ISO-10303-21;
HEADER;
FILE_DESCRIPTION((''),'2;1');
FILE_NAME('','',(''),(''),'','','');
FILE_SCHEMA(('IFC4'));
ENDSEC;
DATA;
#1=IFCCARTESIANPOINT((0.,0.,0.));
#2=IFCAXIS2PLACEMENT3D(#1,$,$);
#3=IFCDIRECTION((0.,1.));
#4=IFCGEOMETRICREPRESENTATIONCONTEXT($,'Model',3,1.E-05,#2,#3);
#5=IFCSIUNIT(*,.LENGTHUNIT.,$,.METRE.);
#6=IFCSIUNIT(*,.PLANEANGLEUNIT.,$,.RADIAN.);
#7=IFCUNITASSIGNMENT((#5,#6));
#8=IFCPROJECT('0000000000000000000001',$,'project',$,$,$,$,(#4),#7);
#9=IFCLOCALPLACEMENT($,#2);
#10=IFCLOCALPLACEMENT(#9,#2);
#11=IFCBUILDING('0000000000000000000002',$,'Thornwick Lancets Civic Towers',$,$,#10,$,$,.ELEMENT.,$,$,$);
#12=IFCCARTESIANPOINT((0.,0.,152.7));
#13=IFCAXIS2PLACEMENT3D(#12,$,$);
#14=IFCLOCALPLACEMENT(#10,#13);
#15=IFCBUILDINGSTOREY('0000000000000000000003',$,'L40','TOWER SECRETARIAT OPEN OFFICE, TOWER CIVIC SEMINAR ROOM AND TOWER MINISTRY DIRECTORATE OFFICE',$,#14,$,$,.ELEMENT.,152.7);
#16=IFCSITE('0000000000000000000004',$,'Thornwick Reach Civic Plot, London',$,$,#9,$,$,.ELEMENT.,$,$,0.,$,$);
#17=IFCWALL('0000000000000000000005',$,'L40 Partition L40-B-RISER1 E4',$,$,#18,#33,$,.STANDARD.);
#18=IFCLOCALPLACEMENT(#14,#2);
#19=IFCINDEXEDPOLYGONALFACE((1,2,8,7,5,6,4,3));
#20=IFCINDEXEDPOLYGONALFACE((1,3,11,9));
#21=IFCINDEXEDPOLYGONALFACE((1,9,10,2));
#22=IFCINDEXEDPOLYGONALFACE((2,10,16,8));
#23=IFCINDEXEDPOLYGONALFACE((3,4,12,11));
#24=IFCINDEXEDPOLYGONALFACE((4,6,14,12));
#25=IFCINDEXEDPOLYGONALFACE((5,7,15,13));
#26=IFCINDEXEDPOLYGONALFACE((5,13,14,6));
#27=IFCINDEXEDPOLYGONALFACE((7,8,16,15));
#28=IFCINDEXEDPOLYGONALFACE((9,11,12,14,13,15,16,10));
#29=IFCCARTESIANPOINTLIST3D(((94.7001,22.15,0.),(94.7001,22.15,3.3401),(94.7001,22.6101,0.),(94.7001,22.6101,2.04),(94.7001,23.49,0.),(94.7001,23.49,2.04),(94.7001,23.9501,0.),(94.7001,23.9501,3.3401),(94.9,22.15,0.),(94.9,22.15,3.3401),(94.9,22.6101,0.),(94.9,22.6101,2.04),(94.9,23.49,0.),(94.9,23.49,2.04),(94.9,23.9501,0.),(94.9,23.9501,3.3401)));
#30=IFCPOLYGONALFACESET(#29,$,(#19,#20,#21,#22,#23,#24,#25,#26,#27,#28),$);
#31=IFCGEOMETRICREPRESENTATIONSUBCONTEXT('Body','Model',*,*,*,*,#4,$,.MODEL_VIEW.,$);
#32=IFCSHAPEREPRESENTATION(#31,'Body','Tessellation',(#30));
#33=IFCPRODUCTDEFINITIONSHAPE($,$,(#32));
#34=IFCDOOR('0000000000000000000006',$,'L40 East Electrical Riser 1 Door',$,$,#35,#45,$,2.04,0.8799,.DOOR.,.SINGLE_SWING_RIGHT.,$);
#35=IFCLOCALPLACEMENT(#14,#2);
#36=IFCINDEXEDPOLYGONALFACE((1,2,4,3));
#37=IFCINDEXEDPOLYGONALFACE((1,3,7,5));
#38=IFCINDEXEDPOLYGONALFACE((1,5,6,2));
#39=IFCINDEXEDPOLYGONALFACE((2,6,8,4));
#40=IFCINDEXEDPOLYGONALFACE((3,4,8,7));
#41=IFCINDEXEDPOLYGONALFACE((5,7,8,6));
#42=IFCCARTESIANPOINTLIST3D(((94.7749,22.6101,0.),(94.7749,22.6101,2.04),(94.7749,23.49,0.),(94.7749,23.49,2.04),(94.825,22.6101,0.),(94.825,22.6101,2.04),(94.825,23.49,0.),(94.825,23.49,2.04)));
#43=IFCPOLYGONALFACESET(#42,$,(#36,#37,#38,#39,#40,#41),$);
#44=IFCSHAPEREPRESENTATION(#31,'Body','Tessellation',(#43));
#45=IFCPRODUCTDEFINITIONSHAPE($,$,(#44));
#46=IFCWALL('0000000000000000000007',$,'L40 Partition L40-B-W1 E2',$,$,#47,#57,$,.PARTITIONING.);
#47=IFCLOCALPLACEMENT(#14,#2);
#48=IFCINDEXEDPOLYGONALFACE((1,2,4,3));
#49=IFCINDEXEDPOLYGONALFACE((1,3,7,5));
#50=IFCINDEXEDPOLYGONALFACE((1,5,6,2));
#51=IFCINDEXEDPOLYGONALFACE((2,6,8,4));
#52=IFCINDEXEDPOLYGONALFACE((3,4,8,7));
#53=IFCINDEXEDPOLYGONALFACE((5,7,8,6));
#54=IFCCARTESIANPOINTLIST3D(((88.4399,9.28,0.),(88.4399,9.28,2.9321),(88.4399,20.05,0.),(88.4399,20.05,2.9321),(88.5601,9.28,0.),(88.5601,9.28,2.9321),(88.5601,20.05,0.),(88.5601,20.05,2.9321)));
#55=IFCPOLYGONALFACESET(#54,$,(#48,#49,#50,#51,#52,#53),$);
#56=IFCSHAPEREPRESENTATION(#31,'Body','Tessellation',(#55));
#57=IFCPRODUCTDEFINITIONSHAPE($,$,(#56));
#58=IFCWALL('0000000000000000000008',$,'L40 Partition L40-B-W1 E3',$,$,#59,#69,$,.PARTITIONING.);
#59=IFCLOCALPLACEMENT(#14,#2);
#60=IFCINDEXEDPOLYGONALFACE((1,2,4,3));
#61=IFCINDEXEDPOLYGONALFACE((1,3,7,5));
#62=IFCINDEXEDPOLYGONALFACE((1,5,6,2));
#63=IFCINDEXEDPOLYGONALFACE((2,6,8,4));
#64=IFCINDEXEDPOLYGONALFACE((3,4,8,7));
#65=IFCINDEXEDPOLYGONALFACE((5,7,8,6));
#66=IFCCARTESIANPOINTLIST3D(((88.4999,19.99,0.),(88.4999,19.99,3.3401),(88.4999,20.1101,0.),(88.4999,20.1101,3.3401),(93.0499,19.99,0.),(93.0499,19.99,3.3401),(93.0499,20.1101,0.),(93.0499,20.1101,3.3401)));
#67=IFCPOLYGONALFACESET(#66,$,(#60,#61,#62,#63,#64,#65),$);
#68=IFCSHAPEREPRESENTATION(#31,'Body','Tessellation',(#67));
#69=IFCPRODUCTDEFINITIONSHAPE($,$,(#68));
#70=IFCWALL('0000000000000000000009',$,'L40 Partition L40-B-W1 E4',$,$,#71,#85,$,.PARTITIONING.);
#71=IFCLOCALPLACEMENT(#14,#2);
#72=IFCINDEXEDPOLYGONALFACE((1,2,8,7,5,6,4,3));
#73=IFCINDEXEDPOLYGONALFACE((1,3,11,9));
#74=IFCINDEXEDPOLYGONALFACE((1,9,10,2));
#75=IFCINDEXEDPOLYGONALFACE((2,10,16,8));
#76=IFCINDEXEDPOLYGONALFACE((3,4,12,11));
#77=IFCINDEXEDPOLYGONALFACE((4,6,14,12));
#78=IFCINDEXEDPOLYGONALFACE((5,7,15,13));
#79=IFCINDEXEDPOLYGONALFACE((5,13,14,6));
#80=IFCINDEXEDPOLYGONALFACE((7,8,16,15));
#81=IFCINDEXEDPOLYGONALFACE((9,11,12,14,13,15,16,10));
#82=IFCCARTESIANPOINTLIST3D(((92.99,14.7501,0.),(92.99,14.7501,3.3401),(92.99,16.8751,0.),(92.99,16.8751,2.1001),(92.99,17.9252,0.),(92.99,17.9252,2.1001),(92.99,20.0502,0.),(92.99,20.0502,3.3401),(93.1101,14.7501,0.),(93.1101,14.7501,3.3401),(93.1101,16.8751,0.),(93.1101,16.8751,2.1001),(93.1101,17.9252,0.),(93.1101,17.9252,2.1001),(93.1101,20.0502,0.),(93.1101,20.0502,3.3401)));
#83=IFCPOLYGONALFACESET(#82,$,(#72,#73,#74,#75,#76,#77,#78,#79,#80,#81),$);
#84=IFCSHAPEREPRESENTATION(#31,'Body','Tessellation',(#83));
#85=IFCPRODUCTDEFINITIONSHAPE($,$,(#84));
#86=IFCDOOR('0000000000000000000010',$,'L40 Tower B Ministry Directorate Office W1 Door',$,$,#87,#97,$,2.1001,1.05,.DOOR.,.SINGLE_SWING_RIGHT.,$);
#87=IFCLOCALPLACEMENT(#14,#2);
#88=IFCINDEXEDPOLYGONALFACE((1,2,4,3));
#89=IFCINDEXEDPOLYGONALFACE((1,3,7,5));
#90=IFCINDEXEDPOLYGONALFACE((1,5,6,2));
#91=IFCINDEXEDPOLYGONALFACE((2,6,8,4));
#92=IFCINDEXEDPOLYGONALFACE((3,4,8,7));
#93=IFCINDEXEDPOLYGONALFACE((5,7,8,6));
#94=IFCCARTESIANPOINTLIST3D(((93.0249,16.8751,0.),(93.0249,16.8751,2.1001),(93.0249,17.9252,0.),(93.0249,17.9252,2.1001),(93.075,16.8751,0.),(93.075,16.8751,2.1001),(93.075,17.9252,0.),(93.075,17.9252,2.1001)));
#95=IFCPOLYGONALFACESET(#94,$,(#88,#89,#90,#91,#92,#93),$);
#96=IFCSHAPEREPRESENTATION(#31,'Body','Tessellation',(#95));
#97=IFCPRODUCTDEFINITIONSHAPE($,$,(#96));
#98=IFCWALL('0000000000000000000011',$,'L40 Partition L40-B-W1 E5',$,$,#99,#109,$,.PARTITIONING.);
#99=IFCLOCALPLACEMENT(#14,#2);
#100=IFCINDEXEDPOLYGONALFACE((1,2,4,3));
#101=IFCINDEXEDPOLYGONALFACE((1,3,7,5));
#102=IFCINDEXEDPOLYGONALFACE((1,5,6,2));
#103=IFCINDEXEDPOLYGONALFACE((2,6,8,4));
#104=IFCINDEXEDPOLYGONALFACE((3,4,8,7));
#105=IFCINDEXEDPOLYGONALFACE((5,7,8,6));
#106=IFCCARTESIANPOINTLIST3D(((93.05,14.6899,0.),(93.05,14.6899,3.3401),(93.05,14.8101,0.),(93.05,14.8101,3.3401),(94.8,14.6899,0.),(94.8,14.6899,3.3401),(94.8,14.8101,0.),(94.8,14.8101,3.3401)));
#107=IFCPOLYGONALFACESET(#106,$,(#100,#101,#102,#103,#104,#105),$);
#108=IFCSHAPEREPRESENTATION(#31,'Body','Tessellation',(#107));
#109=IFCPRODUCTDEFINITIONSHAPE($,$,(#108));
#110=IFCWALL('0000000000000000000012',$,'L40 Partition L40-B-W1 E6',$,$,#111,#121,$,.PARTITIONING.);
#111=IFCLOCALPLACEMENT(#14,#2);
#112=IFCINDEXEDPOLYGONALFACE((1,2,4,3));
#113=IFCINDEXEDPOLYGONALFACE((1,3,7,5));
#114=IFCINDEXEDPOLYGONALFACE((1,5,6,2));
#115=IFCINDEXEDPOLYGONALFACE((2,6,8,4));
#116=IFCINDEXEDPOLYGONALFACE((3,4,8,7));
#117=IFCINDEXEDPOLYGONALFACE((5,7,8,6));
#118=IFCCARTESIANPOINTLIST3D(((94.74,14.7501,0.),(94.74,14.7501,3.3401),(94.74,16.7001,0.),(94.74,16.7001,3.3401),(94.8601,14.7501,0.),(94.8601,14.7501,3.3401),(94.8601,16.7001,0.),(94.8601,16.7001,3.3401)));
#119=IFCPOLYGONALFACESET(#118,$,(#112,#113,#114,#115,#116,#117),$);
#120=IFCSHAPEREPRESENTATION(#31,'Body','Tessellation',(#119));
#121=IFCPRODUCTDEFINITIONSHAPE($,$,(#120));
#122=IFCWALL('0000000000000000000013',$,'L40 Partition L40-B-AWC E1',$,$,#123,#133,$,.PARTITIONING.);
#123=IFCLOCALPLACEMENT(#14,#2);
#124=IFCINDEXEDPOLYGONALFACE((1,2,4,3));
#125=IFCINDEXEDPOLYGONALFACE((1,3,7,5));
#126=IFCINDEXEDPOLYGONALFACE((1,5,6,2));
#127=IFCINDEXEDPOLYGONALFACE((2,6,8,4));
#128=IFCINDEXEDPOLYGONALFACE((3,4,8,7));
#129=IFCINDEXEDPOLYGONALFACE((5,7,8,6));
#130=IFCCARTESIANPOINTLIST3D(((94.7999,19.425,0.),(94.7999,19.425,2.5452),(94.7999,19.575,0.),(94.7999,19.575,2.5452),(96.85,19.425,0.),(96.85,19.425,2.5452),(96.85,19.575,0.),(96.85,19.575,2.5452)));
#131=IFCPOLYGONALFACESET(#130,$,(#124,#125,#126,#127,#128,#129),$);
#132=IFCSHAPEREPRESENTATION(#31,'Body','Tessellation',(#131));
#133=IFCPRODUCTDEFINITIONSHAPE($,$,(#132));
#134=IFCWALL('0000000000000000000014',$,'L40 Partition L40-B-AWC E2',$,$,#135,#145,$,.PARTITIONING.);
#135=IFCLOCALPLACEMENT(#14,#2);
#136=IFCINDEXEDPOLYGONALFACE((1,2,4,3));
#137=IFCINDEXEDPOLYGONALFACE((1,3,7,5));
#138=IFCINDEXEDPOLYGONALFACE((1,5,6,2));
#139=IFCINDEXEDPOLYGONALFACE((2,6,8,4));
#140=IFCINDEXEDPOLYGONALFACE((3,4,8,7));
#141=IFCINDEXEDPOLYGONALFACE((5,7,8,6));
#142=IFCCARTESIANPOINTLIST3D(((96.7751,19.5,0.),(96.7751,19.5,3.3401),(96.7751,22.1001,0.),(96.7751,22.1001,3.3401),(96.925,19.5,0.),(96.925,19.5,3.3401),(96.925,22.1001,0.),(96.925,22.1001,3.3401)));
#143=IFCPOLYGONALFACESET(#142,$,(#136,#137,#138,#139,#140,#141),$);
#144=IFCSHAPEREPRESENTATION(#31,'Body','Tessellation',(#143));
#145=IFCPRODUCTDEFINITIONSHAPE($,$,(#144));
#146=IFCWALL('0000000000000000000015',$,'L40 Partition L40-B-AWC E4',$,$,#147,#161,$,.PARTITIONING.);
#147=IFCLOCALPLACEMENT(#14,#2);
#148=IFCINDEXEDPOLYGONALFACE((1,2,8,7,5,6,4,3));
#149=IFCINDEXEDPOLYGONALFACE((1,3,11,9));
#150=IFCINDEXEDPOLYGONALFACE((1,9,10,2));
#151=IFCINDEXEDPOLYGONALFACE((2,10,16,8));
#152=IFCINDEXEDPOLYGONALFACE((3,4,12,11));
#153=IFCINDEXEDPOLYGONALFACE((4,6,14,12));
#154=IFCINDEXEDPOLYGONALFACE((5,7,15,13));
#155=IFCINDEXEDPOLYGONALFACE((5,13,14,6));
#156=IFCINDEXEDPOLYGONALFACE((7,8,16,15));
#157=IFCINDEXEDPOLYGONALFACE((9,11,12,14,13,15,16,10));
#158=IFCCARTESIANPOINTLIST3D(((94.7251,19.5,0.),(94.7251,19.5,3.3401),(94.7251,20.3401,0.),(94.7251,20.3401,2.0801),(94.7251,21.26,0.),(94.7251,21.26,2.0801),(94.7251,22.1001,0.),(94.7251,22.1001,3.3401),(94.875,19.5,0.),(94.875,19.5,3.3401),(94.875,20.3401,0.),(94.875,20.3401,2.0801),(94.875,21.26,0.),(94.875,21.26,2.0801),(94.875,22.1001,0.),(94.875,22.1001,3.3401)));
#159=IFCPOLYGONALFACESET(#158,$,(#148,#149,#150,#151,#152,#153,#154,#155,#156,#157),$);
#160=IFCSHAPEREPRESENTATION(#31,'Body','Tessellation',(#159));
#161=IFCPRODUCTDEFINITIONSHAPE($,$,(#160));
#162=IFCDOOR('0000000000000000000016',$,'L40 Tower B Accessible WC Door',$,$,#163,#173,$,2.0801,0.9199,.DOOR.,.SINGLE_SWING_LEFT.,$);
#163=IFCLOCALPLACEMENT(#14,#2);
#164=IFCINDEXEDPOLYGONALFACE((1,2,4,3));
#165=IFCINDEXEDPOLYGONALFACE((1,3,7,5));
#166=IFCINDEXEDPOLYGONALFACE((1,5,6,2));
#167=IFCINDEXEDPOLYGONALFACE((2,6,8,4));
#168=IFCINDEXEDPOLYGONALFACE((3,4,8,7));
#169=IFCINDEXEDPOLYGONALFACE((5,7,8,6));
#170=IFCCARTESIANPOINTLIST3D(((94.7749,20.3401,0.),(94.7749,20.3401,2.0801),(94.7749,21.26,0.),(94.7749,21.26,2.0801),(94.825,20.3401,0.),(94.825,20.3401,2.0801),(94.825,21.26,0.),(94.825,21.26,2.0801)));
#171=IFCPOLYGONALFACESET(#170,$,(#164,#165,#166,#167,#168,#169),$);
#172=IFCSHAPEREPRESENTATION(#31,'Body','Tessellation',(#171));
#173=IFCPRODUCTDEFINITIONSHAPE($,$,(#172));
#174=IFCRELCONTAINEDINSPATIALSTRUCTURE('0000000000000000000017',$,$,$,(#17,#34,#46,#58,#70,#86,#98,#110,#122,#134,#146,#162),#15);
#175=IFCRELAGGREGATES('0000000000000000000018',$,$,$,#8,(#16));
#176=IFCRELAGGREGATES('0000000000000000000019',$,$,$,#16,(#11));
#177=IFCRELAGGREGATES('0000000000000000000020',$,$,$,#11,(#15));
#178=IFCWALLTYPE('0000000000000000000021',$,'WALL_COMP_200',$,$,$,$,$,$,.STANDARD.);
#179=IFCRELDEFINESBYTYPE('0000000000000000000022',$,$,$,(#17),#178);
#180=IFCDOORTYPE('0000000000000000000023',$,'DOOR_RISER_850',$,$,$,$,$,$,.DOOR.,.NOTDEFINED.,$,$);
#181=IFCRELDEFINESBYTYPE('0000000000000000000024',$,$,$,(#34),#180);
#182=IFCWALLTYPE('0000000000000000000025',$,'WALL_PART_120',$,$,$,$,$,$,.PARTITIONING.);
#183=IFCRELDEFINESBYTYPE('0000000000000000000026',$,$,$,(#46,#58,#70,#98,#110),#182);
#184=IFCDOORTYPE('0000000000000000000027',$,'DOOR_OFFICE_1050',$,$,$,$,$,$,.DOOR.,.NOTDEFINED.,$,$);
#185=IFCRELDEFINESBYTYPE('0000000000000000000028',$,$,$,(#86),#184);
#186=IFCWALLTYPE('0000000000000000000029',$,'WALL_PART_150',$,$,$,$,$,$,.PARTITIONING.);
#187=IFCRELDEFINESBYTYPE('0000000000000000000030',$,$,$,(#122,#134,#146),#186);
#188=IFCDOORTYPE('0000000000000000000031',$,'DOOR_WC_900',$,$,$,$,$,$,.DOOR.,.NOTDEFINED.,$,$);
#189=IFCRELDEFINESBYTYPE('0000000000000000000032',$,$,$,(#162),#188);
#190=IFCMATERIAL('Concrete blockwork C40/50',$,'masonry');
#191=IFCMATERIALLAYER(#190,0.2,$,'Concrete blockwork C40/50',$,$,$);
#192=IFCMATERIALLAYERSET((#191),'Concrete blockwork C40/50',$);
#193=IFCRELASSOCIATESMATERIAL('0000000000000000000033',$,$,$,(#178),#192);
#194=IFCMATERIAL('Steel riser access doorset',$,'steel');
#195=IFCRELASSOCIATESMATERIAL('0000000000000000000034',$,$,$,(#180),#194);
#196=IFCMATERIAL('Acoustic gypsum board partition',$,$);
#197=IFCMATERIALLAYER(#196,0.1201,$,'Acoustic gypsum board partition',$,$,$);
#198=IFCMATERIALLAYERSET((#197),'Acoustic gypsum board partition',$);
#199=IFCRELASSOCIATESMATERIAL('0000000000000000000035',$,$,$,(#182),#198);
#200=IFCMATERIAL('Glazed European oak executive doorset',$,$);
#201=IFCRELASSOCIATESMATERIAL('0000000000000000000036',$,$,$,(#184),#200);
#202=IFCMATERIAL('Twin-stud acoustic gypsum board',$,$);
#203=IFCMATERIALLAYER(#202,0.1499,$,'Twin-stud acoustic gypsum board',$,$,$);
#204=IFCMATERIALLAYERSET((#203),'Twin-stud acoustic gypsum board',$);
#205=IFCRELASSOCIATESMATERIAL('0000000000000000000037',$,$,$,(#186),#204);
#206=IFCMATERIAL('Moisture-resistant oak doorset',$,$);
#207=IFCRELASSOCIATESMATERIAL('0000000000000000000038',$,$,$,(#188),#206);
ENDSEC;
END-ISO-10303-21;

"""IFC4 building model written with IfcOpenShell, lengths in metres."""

from ifc_helpers import new_model, si_unit, direction, frame, frame_2d, origin, place, context, subcontext, project, spatial, rectangle, extrude, material, layer, layer_set, type_object, element, fill, save


model = new_model("IFC4")

# Units and contexts
model_context = context("Model", 3, precision=1e-05, world=origin(), true_north=direction((0.0, 1.0)))
body_context = subcontext(model_context, "Body", "Model", "MODEL_VIEW")
ifc_project = project(units=[si_unit("LENGTHUNIT", "METRE"), si_unit("PLANEANGLEUNIT", "RADIAN")], contexts=[model_context])

# Site, building, storey
site_placement = place(None, origin())
site = spatial("IfcSite", under=ifc_project, at=site_placement, Name="Thornwick Reach Civic Plot, London", CompositionType="ELEMENT", RefElevation=0.0)
building_placement = place(site_placement, origin())
building = spatial("IfcBuilding", under=site, at=building_placement, Name="Thornwick Lancets Civic Towers", CompositionType="ELEMENT")
storey_placement = place(building_placement, frame((0.0, 0.0, 152.7)))
storey = spatial("IfcBuildingStorey", under=building, at=storey_placement, Name="L40", Description="TOWER SECRETARIAT OPEN OFFICE, TOWER CIVIC SEMINAR ROOM AND TOWER MINISTRY DIRECTORATE OFFICE", CompositionType="ELEMENT", Elevation=152.7)

# Shared definitions
ifc_material_1 = material(Name="Concrete blockwork C40/50", Category="masonry")
ifc_layer_1 = layer(ifc_material_1, 0.2, Name="Concrete blockwork C40/50")
ifc_layer_set_1 = layer_set([ifc_layer_1], Name="Concrete blockwork C40/50")
wall_type_1 = type_object("IfcWallType", Name="WALL_COMP_200", PredefinedType="STANDARD", material=ifc_layer_set_1)

# Wall, opening, door
wall_1_placement = place(storey_placement, frame((94.8, 23.95, 0.0), z_axis=(0.0, 0.0, 1.0), x_axis=(0.0, -1.0, 0.0)))
wall_1 = element("IfcWall", 1, at=wall_1_placement, inside=storey, type_object=wall_type_1, Name="L40 Partition L40-B-RISER1 E4", PredefinedType="STANDARD", context=body_context, shape_type="SweptSolid", body=[
    extrude(rectangle(XDim=1.8, YDim=0.2, at=frame_2d((0.8999, 0.0))), origin(), (0.0, 0.0, 1.0), 3.3401),
])
opening_1_placement = place(wall_1_placement, frame((0.46, 0.0, 0.0)))
opening_1 = element("IfcOpeningElement", 2, at=opening_1_placement, cuts=wall_1, PredefinedType="OPENING", context=body_context, shape_type="SweptSolid", body=[
    extrude(rectangle(XDim=0.8799, YDim=2.04, at=frame_2d((0.4399, 1.02))), frame((0.0, 0.1099, 0.0), z_axis=(0.0, -1.0, 0.0), x_axis=(1.0, 0.0, 0.0)), (0.0, 0.0, 1.0), 0.22),
])
ifc_material_2 = material(Name="Steel riser access doorset", Category="steel")
door_type_1 = type_object("IfcDoorType", Name="DOOR_RISER_850", OperationType="NOTDEFINED", PredefinedType="DOOR", material=ifc_material_2)
door_1_placement = place(opening_1_placement, origin())
door_1 = element("IfcDoor", 3, at=door_1_placement, inside=storey, type_object=door_type_1, Name="L40 East Electrical Riser 1 Door", OperationType="SINGLE_SWING_RIGHT", OverallHeight=2.04, OverallWidth=0.8799, PredefinedType="DOOR", context=body_context, shape_type="SweptSolid", body=[
    extrude(rectangle(XDim=0.8799, YDim=2.04, at=frame_2d((0.4399, 1.02))), frame((0.0, 0.0249, 0.0), z_axis=(0.0, -1.0, 0.0), x_axis=(1.0, 0.0, 0.0)), (0.0, 0.0, 1.0), 0.05),
])
fill(opening_1, door_1)

# Walls
ifc_material_3 = material(Name="Acoustic gypsum board partition")
ifc_layer_2 = layer(ifc_material_3, 0.1201, Name="Acoustic gypsum board partition")
ifc_layer_set_2 = layer_set([ifc_layer_2], Name="Acoustic gypsum board partition")
wall_type_2 = type_object("IfcWallType", Name="WALL_PART_120", PredefinedType="PARTITIONING", material=ifc_layer_set_2)
wall_2_placement = place(storey_placement, frame((88.5, 9.28, 0.0), z_axis=(0.0, 0.0, 1.0), x_axis=(0.0, 1.0, 0.0)))
element("IfcWall", 4, at=wall_2_placement, inside=storey, type_object=wall_type_2, Name="L40 Partition L40-B-W1 E2", PredefinedType="PARTITIONING", context=body_context, shape_type="SweptSolid", body=[
    extrude(rectangle(XDim=10.77, YDim=0.1201, at=frame_2d((5.385, 0.0))), origin(), (0.0, 0.0, 1.0), 2.9321),
])
wall_3_placement = place(storey_placement, frame((88.5, 20.05, 0.0), z_axis=(0.0, 0.0, 1.0), x_axis=(1.0, 0.0, 0.0)))
element("IfcWall", 5, at=wall_3_placement, inside=storey, type_object=wall_type_2, Name="L40 Partition L40-B-W1 E3", PredefinedType="PARTITIONING", context=body_context, shape_type="SweptSolid", body=[
    extrude(rectangle(XDim=4.55, YDim=0.1201, at=frame_2d((2.2749, 0.0))), origin(), (0.0, 0.0, 1.0), 3.3401),
])

# Wall, opening, door
wall_4_placement = place(storey_placement, frame((93.05, 20.05, 0.0), z_axis=(0.0, 0.0, 1.0), x_axis=(0.0, -1.0, 0.0)))
wall_4 = element("IfcWall", 6, at=wall_4_placement, inside=storey, type_object=wall_type_2, Name="L40 Partition L40-B-W1 E4", PredefinedType="PARTITIONING", context=body_context, shape_type="SweptSolid", body=[
    extrude(rectangle(XDim=5.3, YDim=0.1201, at=frame_2d((2.6499, 0.0))), origin(), (0.0, 0.0, 1.0), 3.3401),
])
opening_2_placement = place(wall_4_placement, frame((2.125, 0.0, 0.0)))
opening_2 = element("IfcOpeningElement", 7, at=opening_2_placement, cuts=wall_4, PredefinedType="OPENING", context=body_context, shape_type="SweptSolid", body=[
    extrude(rectangle(XDim=1.05, YDim=2.1001, at=frame_2d((0.5249, 1.05))), frame((0.0, 0.0701, 0.0), z_axis=(0.0, -1.0, 0.0), x_axis=(1.0, 0.0, 0.0)), (0.0, 0.0, 1.0), 0.1401),
])
ifc_material_4 = material(Name="Glazed European oak executive doorset")
door_type_2 = type_object("IfcDoorType", Name="DOOR_OFFICE_1050", OperationType="NOTDEFINED", PredefinedType="DOOR", material=ifc_material_4)
door_2_placement = place(opening_2_placement, origin())
door_2 = element("IfcDoor", 8, at=door_2_placement, inside=storey, type_object=door_type_2, Name="L40 Tower B Ministry Directorate Office W1 Door", OperationType="SINGLE_SWING_RIGHT", OverallHeight=2.1001, OverallWidth=1.05, PredefinedType="DOOR", context=body_context, shape_type="SweptSolid", body=[
    extrude(rectangle(XDim=1.05, YDim=2.1001, at=frame_2d((0.5249, 1.05))), frame((0.0, 0.0249, 0.0), z_axis=(0.0, -1.0, 0.0), x_axis=(1.0, 0.0, 0.0)), (0.0, 0.0, 1.0), 0.05),
])
fill(opening_2, door_2)

# Walls
wall_5_placement = place(storey_placement, frame((93.05, 14.75, 0.0), z_axis=(0.0, 0.0, 1.0), x_axis=(1.0, 0.0, 0.0)))
element("IfcWall", 9, at=wall_5_placement, inside=storey, type_object=wall_type_2, Name="L40 Partition L40-B-W1 E5", PredefinedType="PARTITIONING", context=body_context, shape_type="SweptSolid", body=[
    extrude(rectangle(XDim=1.75, YDim=0.1201, at=frame_2d((0.875, 0.0))), origin(), (0.0, 0.0, 1.0), 3.3401),
])
wall_6_placement = place(storey_placement, frame((94.8, 14.75, 0.0), z_axis=(0.0, 0.0, 1.0), x_axis=(0.0, 1.0, 0.0)))
element("IfcWall", 10, at=wall_6_placement, inside=storey, type_object=wall_type_2, Name="L40 Partition L40-B-W1 E6", PredefinedType="PARTITIONING", context=body_context, shape_type="SweptSolid", body=[
    extrude(rectangle(XDim=1.95, YDim=0.1201, at=frame_2d((0.9751, 0.0))), origin(), (0.0, 0.0, 1.0), 3.3401),
])
ifc_material_5 = material(Name="Twin-stud acoustic gypsum board")
ifc_layer_3 = layer(ifc_material_5, 0.1499, Name="Twin-stud acoustic gypsum board")
ifc_layer_set_3 = layer_set([ifc_layer_3], Name="Twin-stud acoustic gypsum board")
wall_type_3 = type_object("IfcWallType", Name="WALL_PART_150", PredefinedType="PARTITIONING", material=ifc_layer_set_3)
wall_7_placement = place(storey_placement, frame((94.8, 19.5, 0.0), z_axis=(0.0, 0.0, 1.0), x_axis=(1.0, 0.0, 0.0)))
element("IfcWall", 11, at=wall_7_placement, inside=storey, type_object=wall_type_3, Name="L40 Partition L40-B-AWC E1", PredefinedType="PARTITIONING", context=body_context, shape_type="SweptSolid", body=[
    extrude(rectangle(XDim=2.05, YDim=0.1499, at=frame_2d((1.0249, 0.0))), origin(), (0.0, 0.0, 1.0), 2.5452),
])
wall_8_placement = place(storey_placement, frame((96.8501, 19.5, 0.0), z_axis=(0.0, 0.0, 1.0), x_axis=(0.0, 1.0, 0.0)))
element("IfcWall", 12, at=wall_8_placement, inside=storey, type_object=wall_type_3, Name="L40 Partition L40-B-AWC E2", PredefinedType="PARTITIONING", context=body_context, shape_type="SweptSolid", body=[
    extrude(rectangle(XDim=2.6001, YDim=0.1499, at=frame_2d((1.3, 0.0))), origin(), (0.0, 0.0, 1.0), 3.3401),
])

# Wall, opening, door
wall_9_placement = place(storey_placement, frame((94.8, 22.1001, 0.0), z_axis=(0.0, 0.0, 1.0), x_axis=(0.0, -1.0, 0.0)))
wall_9 = element("IfcWall", 13, at=wall_9_placement, inside=storey, type_object=wall_type_3, Name="L40 Partition L40-B-AWC E4", PredefinedType="PARTITIONING", context=body_context, shape_type="SweptSolid", body=[
    extrude(rectangle(XDim=2.6001, YDim=0.1499, at=frame_2d((1.3, 0.0))), origin(), (0.0, 0.0, 1.0), 3.3401),
])
opening_3_placement = place(wall_9_placement, frame((0.8401, 0.0, 0.0)))
opening_3 = element("IfcOpeningElement", 14, at=opening_3_placement, cuts=wall_9, PredefinedType="OPENING", context=body_context, shape_type="SweptSolid", body=[
    extrude(rectangle(XDim=0.9199, YDim=2.0801, at=frame_2d((0.46, 1.04))), frame((0.0, 0.085, 0.0), z_axis=(0.0, -1.0, 0.0), x_axis=(1.0, 0.0, 0.0)), (0.0, 0.0, 1.0), 0.1699),
])
ifc_material_6 = material(Name="Moisture-resistant oak doorset")
door_type_3 = type_object("IfcDoorType", Name="DOOR_WC_900", OperationType="NOTDEFINED", PredefinedType="DOOR", material=ifc_material_6)
door_3_placement = place(opening_3_placement, origin())
door_3 = element("IfcDoor", 15, at=door_3_placement, inside=storey, type_object=door_type_3, Name="L40 Tower B Accessible WC Door", OperationType="SINGLE_SWING_LEFT", OverallHeight=2.0801, OverallWidth=0.9199, PredefinedType="DOOR", context=body_context, shape_type="SweptSolid", body=[
    extrude(rectangle(XDim=0.9199, YDim=2.0801, at=frame_2d((0.46, 1.04))), frame((0.0, 0.0249, 0.0), z_axis=(0.0, -1.0, 0.0), x_axis=(1.0, 0.0, 0.0)), (0.0, 0.0, 1.0), 0.05),
])
fill(opening_3, door_3)

save(model, "model.ifc")
